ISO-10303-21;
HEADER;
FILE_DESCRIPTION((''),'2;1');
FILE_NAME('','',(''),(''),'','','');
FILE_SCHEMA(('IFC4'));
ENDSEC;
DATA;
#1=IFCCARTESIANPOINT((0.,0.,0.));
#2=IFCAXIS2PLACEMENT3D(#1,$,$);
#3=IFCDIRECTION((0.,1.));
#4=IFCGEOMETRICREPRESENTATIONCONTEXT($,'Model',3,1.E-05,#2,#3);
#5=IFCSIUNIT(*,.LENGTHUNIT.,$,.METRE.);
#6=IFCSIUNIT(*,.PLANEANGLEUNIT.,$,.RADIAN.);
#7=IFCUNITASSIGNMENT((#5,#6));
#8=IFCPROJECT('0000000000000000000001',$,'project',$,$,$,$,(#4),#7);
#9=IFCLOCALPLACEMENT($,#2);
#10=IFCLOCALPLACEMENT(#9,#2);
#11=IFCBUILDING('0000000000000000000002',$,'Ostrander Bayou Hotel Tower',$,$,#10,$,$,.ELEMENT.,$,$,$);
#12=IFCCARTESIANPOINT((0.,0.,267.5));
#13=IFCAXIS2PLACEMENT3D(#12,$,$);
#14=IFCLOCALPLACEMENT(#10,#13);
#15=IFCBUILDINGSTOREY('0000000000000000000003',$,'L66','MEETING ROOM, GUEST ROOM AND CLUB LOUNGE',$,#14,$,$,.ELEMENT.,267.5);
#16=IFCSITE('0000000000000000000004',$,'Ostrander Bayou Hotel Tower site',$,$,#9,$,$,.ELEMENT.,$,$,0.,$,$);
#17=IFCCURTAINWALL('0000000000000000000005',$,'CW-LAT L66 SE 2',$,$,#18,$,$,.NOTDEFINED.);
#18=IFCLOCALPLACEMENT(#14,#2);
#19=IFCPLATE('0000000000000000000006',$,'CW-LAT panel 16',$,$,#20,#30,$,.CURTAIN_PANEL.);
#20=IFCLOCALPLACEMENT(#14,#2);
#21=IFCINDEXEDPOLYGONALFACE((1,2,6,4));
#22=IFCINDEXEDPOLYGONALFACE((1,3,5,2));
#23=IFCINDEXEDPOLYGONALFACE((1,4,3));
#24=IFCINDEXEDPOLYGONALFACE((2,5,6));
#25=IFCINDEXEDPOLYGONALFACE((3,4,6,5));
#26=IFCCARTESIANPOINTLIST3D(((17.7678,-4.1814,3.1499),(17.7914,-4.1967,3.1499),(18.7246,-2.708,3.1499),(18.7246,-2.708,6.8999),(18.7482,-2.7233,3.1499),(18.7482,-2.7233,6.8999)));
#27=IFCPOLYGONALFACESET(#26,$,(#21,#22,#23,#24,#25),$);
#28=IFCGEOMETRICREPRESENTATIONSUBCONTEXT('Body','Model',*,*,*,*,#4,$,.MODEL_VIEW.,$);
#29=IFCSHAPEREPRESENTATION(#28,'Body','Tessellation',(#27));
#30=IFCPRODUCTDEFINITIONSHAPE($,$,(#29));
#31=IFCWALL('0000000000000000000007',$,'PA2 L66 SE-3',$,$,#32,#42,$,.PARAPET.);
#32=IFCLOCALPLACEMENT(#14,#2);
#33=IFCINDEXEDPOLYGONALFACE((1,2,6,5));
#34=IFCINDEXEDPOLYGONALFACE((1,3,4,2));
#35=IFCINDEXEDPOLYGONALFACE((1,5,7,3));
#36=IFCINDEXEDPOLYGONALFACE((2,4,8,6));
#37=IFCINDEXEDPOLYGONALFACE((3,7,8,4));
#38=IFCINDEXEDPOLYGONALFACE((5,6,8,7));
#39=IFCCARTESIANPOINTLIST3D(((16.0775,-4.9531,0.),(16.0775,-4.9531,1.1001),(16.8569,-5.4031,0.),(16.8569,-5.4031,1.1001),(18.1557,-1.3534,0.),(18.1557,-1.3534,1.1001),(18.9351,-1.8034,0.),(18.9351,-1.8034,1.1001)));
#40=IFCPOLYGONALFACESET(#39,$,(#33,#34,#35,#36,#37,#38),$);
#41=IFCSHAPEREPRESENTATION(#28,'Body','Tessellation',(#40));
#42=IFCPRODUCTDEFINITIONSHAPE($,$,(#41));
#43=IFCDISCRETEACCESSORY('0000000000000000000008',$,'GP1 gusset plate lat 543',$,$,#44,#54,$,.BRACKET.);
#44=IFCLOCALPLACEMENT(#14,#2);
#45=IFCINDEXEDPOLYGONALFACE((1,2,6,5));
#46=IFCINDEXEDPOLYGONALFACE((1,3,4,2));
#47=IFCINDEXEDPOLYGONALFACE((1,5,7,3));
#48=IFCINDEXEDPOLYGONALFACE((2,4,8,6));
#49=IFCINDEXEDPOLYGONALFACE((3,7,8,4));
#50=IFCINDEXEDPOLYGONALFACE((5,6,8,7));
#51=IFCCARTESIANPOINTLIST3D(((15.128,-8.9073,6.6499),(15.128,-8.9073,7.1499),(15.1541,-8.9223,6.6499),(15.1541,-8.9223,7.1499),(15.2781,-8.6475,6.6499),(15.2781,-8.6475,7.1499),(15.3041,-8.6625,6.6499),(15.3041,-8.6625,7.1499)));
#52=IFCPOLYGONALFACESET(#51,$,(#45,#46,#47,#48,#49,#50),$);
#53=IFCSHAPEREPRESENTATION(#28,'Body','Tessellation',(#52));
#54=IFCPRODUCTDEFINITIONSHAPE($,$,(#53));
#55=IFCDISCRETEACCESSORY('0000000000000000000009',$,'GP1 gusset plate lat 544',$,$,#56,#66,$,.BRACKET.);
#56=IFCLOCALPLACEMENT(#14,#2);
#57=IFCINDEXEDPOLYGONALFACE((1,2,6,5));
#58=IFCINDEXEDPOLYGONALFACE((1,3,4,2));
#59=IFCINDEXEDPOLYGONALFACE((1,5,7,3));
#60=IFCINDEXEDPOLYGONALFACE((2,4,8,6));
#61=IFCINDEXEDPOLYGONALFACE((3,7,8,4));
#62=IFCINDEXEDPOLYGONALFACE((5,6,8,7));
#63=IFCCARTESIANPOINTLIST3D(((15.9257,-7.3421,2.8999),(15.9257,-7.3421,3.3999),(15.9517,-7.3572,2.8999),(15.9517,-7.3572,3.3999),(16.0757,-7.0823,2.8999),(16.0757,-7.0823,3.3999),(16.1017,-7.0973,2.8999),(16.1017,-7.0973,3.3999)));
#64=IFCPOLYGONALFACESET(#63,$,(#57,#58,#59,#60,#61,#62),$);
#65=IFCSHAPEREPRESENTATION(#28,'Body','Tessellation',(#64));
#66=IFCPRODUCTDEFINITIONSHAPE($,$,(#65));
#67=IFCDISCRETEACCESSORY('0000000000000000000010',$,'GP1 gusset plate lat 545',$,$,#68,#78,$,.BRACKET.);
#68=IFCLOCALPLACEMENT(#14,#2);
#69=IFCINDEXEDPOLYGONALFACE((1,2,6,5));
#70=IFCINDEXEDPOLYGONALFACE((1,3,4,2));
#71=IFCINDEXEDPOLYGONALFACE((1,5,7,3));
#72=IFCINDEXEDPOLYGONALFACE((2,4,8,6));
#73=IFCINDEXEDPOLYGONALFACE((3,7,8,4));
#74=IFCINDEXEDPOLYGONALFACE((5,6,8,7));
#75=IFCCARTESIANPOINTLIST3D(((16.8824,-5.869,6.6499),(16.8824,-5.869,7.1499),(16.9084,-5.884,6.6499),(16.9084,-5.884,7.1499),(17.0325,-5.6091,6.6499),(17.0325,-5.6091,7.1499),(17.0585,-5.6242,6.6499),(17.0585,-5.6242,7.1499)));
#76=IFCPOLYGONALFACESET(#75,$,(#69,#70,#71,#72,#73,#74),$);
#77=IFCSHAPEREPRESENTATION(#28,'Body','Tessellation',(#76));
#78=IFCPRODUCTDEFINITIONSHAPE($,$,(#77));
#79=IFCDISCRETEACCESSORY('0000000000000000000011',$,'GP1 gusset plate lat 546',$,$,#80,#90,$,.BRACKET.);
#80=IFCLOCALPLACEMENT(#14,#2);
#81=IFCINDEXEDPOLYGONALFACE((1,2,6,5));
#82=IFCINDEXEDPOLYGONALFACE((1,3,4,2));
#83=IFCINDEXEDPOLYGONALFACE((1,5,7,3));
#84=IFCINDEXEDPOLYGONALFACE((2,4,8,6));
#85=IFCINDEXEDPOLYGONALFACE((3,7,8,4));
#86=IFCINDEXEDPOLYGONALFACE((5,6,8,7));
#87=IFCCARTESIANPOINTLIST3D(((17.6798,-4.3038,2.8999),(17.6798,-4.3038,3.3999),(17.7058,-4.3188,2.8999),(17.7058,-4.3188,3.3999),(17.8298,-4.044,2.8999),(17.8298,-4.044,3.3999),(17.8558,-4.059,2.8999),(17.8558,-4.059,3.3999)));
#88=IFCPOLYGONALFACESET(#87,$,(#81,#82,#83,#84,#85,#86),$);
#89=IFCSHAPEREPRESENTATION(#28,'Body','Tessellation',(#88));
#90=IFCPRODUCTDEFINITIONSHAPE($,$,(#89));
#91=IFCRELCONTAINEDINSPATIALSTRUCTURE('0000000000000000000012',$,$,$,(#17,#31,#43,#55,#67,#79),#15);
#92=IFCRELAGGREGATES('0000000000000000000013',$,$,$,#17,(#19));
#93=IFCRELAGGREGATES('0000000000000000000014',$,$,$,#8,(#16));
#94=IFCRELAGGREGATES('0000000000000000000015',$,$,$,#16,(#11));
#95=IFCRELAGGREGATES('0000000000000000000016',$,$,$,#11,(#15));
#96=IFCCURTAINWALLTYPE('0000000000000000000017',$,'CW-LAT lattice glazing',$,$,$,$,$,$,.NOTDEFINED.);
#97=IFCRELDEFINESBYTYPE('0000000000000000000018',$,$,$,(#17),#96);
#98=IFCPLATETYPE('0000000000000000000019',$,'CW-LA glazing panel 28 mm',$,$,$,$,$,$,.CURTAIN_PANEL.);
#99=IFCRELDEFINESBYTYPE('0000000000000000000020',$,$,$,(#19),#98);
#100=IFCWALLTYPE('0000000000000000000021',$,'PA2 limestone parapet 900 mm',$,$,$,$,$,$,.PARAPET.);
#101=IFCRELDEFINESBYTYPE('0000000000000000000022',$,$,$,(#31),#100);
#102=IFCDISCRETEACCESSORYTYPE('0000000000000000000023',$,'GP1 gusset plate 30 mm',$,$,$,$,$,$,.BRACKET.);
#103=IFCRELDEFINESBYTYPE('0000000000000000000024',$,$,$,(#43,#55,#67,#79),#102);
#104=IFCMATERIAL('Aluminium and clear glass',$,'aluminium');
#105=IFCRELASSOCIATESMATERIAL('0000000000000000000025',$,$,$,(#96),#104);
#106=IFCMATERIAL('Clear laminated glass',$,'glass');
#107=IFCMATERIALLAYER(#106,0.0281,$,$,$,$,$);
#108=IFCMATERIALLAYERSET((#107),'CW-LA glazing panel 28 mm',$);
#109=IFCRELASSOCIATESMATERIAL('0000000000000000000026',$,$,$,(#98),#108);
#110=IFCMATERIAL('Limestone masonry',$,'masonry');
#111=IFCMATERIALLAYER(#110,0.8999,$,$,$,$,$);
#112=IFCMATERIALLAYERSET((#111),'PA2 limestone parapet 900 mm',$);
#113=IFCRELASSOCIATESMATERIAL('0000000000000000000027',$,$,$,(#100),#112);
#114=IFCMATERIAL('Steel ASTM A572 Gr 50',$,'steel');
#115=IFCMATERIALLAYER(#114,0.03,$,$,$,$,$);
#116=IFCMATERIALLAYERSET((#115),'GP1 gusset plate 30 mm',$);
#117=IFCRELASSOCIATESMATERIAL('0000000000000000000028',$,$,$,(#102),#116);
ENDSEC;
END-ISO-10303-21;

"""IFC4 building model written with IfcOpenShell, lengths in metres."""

from ifc_helpers import new_model, si_unit, direction, frame, frame_2d, origin, origin_2d, place, context, subcontext, project, spatial, polyline, rectangle, outline, extrude, material, layer, layer_set, type_object, element, aggregate, save


model = new_model("IFC4")

# Units and contexts
model_context = context("Model", 3, precision=1e-05, world=origin(), true_north=direction((0.0, 1.0)))
body_context = subcontext(model_context, "Body", "Model", "MODEL_VIEW")
ifc_project = project(units=[si_unit("LENGTHUNIT", "METRE"), si_unit("PLANEANGLEUNIT", "RADIAN")], contexts=[model_context])

# Site, building, storey
site_placement = place(None, origin())
site = spatial("IfcSite", under=ifc_project, at=site_placement, Name="Ostrander Bayou Hotel Tower site", CompositionType="ELEMENT", RefElevation=0.0)
building_placement = place(site_placement, origin())
building = spatial("IfcBuilding", under=site, at=building_placement, Name="Ostrander Bayou Hotel Tower", CompositionType="ELEMENT")
storey_placement = place(building_placement, frame((0.0, 0.0, 267.5)))
storey = spatial("IfcBuildingStorey", under=building, at=storey_placement, Name="L66", Description="MEETING ROOM, GUEST ROOM AND CLUB LOUNGE", CompositionType="ELEMENT", Elevation=267.5)

# Curtain wall
ifc_material_1 = material(Name="Aluminium and clear glass", Category="aluminium")
curtain_wall_type = type_object("IfcCurtainWallType", Name="CW-LAT lattice glazing", PredefinedType="NOTDEFINED", material=ifc_material_1)
curtain_wall_1_placement = place(storey_placement, origin())
curtain_wall_1 = element("IfcCurtainWall", 1, at=curtain_wall_1_placement, inside=storey, type_object=curtain_wall_type, Name="CW-LAT L66 SE 2", PredefinedType="NOTDEFINED")

# Shared definitions
ifc_material_2 = material(Name="Clear laminated glass", Category="glass")
ifc_layer_1 = layer(ifc_material_2, 0.0281)
ifc_layer_set_1 = layer_set([ifc_layer_1], Name="CW-LA glazing panel 28 mm")
plate_type = type_object("IfcPlateType", Name="CW-LA glazing panel 28 mm", PredefinedType="CURTAIN_PANEL", material=ifc_layer_set_1)

# Plate
plate_1_placement = place(storey_placement, frame((17.7678, -4.1814, 3.1499), z_axis=(-0.838682, 0.544622, 0.0), x_axis=(0.231046, 0.355795, 0.905554)))
plate_1 = element("IfcPlate", 2, at=plate_1_placement, type_object=plate_type, Name="CW-LAT panel 16", PredefinedType="CURTAIN_PANEL", context=body_context, shape_type="SweptSolid", body=[
    extrude(outline(polyline([(0.0, 0.0), (4.1411, 0.0), (0.7453, 1.5909), (0.0, 0.0)])), origin(), (0.0, 0.0, -1.0), 0.0281),
])
aggregate(curtain_wall_1, [plate_1])

# Wall
ifc_material_3 = material(Name="Limestone masonry", Category="masonry")
ifc_layer_2 = layer(ifc_material_3, 0.8999)
ifc_layer_set_2 = layer_set([ifc_layer_2], Name="PA2 limestone parapet 900 mm")
wall_type = type_object("IfcWallType", Name="PA2 limestone parapet 900 mm", PredefinedType="PARAPET", material=ifc_layer_set_2)
wall_placement = place(storey_placement, frame((16.4673, -5.178, 0.0), z_axis=(0.0, 0.0, 1.0), x_axis=(0.49998, 0.866037, 0.0)))
element("IfcWall", 3, at=wall_placement, inside=storey, type_object=wall_type, Name="PA2 L66 SE-3", PredefinedType="PARAPET", context=body_context, shape_type="SweptSolid", body=[
    extrude(rectangle(XDim=4.1565, YDim=0.8999, at=frame_2d((2.0781, 0.0))), origin(), (0.0, 0.0, 1.0), 1.1001),
])

# Discrete accessories
ifc_material_4 = material(Name="Steel ASTM A572 Gr 50", Category="steel")
ifc_layer_3 = layer(ifc_material_4, 0.03)
ifc_layer_set_3 = layer_set([ifc_layer_3], Name="GP1 gusset plate 30 mm")
discrete_accessory_type = type_object("IfcDiscreteAccessoryType", Name="GP1 gusset plate 30 mm", PredefinedType="BRACKET", material=ifc_layer_set_3)
for number, where, z_axis, x_axis, name in (
    (4, (15.2161, -8.7849, 6.6499), (0.0, 0.0, 1.0), (0.5, 0.866025, 0.0), "GP1 gusset plate lat 543"),
    (5, (16.0137, -7.2197, 2.8999), (0.0, 0.0, 1.0), (0.5, 0.866025, 0.0), "GP1 gusset plate lat 544"),
    (6, (16.9705, -5.7466, 6.6499), (0.0, 0.0, 1.0), (0.5, 0.866025, 0.0), "GP1 gusset plate lat 545"),
    (7, (17.7678, -4.1814, 2.8999), (0.0, 0.0, 1.0), (0.5, 0.866025, 0.0), "GP1 gusset plate lat 546"),
):
    element("IfcDiscreteAccessory", number, at=place(storey_placement, frame(where, z_axis=z_axis, x_axis=x_axis)), inside=storey, type_object=discrete_accessory_type, Name=name, PredefinedType="BRACKET", context=body_context, shape_type="SweptSolid", body=[
        extrude(rectangle(XDim=0.3, YDim=0.03, at=origin_2d()), origin(), (0.0, 0.0, 1.0), 0.5),
    ])

save(model, "model.ifc")
